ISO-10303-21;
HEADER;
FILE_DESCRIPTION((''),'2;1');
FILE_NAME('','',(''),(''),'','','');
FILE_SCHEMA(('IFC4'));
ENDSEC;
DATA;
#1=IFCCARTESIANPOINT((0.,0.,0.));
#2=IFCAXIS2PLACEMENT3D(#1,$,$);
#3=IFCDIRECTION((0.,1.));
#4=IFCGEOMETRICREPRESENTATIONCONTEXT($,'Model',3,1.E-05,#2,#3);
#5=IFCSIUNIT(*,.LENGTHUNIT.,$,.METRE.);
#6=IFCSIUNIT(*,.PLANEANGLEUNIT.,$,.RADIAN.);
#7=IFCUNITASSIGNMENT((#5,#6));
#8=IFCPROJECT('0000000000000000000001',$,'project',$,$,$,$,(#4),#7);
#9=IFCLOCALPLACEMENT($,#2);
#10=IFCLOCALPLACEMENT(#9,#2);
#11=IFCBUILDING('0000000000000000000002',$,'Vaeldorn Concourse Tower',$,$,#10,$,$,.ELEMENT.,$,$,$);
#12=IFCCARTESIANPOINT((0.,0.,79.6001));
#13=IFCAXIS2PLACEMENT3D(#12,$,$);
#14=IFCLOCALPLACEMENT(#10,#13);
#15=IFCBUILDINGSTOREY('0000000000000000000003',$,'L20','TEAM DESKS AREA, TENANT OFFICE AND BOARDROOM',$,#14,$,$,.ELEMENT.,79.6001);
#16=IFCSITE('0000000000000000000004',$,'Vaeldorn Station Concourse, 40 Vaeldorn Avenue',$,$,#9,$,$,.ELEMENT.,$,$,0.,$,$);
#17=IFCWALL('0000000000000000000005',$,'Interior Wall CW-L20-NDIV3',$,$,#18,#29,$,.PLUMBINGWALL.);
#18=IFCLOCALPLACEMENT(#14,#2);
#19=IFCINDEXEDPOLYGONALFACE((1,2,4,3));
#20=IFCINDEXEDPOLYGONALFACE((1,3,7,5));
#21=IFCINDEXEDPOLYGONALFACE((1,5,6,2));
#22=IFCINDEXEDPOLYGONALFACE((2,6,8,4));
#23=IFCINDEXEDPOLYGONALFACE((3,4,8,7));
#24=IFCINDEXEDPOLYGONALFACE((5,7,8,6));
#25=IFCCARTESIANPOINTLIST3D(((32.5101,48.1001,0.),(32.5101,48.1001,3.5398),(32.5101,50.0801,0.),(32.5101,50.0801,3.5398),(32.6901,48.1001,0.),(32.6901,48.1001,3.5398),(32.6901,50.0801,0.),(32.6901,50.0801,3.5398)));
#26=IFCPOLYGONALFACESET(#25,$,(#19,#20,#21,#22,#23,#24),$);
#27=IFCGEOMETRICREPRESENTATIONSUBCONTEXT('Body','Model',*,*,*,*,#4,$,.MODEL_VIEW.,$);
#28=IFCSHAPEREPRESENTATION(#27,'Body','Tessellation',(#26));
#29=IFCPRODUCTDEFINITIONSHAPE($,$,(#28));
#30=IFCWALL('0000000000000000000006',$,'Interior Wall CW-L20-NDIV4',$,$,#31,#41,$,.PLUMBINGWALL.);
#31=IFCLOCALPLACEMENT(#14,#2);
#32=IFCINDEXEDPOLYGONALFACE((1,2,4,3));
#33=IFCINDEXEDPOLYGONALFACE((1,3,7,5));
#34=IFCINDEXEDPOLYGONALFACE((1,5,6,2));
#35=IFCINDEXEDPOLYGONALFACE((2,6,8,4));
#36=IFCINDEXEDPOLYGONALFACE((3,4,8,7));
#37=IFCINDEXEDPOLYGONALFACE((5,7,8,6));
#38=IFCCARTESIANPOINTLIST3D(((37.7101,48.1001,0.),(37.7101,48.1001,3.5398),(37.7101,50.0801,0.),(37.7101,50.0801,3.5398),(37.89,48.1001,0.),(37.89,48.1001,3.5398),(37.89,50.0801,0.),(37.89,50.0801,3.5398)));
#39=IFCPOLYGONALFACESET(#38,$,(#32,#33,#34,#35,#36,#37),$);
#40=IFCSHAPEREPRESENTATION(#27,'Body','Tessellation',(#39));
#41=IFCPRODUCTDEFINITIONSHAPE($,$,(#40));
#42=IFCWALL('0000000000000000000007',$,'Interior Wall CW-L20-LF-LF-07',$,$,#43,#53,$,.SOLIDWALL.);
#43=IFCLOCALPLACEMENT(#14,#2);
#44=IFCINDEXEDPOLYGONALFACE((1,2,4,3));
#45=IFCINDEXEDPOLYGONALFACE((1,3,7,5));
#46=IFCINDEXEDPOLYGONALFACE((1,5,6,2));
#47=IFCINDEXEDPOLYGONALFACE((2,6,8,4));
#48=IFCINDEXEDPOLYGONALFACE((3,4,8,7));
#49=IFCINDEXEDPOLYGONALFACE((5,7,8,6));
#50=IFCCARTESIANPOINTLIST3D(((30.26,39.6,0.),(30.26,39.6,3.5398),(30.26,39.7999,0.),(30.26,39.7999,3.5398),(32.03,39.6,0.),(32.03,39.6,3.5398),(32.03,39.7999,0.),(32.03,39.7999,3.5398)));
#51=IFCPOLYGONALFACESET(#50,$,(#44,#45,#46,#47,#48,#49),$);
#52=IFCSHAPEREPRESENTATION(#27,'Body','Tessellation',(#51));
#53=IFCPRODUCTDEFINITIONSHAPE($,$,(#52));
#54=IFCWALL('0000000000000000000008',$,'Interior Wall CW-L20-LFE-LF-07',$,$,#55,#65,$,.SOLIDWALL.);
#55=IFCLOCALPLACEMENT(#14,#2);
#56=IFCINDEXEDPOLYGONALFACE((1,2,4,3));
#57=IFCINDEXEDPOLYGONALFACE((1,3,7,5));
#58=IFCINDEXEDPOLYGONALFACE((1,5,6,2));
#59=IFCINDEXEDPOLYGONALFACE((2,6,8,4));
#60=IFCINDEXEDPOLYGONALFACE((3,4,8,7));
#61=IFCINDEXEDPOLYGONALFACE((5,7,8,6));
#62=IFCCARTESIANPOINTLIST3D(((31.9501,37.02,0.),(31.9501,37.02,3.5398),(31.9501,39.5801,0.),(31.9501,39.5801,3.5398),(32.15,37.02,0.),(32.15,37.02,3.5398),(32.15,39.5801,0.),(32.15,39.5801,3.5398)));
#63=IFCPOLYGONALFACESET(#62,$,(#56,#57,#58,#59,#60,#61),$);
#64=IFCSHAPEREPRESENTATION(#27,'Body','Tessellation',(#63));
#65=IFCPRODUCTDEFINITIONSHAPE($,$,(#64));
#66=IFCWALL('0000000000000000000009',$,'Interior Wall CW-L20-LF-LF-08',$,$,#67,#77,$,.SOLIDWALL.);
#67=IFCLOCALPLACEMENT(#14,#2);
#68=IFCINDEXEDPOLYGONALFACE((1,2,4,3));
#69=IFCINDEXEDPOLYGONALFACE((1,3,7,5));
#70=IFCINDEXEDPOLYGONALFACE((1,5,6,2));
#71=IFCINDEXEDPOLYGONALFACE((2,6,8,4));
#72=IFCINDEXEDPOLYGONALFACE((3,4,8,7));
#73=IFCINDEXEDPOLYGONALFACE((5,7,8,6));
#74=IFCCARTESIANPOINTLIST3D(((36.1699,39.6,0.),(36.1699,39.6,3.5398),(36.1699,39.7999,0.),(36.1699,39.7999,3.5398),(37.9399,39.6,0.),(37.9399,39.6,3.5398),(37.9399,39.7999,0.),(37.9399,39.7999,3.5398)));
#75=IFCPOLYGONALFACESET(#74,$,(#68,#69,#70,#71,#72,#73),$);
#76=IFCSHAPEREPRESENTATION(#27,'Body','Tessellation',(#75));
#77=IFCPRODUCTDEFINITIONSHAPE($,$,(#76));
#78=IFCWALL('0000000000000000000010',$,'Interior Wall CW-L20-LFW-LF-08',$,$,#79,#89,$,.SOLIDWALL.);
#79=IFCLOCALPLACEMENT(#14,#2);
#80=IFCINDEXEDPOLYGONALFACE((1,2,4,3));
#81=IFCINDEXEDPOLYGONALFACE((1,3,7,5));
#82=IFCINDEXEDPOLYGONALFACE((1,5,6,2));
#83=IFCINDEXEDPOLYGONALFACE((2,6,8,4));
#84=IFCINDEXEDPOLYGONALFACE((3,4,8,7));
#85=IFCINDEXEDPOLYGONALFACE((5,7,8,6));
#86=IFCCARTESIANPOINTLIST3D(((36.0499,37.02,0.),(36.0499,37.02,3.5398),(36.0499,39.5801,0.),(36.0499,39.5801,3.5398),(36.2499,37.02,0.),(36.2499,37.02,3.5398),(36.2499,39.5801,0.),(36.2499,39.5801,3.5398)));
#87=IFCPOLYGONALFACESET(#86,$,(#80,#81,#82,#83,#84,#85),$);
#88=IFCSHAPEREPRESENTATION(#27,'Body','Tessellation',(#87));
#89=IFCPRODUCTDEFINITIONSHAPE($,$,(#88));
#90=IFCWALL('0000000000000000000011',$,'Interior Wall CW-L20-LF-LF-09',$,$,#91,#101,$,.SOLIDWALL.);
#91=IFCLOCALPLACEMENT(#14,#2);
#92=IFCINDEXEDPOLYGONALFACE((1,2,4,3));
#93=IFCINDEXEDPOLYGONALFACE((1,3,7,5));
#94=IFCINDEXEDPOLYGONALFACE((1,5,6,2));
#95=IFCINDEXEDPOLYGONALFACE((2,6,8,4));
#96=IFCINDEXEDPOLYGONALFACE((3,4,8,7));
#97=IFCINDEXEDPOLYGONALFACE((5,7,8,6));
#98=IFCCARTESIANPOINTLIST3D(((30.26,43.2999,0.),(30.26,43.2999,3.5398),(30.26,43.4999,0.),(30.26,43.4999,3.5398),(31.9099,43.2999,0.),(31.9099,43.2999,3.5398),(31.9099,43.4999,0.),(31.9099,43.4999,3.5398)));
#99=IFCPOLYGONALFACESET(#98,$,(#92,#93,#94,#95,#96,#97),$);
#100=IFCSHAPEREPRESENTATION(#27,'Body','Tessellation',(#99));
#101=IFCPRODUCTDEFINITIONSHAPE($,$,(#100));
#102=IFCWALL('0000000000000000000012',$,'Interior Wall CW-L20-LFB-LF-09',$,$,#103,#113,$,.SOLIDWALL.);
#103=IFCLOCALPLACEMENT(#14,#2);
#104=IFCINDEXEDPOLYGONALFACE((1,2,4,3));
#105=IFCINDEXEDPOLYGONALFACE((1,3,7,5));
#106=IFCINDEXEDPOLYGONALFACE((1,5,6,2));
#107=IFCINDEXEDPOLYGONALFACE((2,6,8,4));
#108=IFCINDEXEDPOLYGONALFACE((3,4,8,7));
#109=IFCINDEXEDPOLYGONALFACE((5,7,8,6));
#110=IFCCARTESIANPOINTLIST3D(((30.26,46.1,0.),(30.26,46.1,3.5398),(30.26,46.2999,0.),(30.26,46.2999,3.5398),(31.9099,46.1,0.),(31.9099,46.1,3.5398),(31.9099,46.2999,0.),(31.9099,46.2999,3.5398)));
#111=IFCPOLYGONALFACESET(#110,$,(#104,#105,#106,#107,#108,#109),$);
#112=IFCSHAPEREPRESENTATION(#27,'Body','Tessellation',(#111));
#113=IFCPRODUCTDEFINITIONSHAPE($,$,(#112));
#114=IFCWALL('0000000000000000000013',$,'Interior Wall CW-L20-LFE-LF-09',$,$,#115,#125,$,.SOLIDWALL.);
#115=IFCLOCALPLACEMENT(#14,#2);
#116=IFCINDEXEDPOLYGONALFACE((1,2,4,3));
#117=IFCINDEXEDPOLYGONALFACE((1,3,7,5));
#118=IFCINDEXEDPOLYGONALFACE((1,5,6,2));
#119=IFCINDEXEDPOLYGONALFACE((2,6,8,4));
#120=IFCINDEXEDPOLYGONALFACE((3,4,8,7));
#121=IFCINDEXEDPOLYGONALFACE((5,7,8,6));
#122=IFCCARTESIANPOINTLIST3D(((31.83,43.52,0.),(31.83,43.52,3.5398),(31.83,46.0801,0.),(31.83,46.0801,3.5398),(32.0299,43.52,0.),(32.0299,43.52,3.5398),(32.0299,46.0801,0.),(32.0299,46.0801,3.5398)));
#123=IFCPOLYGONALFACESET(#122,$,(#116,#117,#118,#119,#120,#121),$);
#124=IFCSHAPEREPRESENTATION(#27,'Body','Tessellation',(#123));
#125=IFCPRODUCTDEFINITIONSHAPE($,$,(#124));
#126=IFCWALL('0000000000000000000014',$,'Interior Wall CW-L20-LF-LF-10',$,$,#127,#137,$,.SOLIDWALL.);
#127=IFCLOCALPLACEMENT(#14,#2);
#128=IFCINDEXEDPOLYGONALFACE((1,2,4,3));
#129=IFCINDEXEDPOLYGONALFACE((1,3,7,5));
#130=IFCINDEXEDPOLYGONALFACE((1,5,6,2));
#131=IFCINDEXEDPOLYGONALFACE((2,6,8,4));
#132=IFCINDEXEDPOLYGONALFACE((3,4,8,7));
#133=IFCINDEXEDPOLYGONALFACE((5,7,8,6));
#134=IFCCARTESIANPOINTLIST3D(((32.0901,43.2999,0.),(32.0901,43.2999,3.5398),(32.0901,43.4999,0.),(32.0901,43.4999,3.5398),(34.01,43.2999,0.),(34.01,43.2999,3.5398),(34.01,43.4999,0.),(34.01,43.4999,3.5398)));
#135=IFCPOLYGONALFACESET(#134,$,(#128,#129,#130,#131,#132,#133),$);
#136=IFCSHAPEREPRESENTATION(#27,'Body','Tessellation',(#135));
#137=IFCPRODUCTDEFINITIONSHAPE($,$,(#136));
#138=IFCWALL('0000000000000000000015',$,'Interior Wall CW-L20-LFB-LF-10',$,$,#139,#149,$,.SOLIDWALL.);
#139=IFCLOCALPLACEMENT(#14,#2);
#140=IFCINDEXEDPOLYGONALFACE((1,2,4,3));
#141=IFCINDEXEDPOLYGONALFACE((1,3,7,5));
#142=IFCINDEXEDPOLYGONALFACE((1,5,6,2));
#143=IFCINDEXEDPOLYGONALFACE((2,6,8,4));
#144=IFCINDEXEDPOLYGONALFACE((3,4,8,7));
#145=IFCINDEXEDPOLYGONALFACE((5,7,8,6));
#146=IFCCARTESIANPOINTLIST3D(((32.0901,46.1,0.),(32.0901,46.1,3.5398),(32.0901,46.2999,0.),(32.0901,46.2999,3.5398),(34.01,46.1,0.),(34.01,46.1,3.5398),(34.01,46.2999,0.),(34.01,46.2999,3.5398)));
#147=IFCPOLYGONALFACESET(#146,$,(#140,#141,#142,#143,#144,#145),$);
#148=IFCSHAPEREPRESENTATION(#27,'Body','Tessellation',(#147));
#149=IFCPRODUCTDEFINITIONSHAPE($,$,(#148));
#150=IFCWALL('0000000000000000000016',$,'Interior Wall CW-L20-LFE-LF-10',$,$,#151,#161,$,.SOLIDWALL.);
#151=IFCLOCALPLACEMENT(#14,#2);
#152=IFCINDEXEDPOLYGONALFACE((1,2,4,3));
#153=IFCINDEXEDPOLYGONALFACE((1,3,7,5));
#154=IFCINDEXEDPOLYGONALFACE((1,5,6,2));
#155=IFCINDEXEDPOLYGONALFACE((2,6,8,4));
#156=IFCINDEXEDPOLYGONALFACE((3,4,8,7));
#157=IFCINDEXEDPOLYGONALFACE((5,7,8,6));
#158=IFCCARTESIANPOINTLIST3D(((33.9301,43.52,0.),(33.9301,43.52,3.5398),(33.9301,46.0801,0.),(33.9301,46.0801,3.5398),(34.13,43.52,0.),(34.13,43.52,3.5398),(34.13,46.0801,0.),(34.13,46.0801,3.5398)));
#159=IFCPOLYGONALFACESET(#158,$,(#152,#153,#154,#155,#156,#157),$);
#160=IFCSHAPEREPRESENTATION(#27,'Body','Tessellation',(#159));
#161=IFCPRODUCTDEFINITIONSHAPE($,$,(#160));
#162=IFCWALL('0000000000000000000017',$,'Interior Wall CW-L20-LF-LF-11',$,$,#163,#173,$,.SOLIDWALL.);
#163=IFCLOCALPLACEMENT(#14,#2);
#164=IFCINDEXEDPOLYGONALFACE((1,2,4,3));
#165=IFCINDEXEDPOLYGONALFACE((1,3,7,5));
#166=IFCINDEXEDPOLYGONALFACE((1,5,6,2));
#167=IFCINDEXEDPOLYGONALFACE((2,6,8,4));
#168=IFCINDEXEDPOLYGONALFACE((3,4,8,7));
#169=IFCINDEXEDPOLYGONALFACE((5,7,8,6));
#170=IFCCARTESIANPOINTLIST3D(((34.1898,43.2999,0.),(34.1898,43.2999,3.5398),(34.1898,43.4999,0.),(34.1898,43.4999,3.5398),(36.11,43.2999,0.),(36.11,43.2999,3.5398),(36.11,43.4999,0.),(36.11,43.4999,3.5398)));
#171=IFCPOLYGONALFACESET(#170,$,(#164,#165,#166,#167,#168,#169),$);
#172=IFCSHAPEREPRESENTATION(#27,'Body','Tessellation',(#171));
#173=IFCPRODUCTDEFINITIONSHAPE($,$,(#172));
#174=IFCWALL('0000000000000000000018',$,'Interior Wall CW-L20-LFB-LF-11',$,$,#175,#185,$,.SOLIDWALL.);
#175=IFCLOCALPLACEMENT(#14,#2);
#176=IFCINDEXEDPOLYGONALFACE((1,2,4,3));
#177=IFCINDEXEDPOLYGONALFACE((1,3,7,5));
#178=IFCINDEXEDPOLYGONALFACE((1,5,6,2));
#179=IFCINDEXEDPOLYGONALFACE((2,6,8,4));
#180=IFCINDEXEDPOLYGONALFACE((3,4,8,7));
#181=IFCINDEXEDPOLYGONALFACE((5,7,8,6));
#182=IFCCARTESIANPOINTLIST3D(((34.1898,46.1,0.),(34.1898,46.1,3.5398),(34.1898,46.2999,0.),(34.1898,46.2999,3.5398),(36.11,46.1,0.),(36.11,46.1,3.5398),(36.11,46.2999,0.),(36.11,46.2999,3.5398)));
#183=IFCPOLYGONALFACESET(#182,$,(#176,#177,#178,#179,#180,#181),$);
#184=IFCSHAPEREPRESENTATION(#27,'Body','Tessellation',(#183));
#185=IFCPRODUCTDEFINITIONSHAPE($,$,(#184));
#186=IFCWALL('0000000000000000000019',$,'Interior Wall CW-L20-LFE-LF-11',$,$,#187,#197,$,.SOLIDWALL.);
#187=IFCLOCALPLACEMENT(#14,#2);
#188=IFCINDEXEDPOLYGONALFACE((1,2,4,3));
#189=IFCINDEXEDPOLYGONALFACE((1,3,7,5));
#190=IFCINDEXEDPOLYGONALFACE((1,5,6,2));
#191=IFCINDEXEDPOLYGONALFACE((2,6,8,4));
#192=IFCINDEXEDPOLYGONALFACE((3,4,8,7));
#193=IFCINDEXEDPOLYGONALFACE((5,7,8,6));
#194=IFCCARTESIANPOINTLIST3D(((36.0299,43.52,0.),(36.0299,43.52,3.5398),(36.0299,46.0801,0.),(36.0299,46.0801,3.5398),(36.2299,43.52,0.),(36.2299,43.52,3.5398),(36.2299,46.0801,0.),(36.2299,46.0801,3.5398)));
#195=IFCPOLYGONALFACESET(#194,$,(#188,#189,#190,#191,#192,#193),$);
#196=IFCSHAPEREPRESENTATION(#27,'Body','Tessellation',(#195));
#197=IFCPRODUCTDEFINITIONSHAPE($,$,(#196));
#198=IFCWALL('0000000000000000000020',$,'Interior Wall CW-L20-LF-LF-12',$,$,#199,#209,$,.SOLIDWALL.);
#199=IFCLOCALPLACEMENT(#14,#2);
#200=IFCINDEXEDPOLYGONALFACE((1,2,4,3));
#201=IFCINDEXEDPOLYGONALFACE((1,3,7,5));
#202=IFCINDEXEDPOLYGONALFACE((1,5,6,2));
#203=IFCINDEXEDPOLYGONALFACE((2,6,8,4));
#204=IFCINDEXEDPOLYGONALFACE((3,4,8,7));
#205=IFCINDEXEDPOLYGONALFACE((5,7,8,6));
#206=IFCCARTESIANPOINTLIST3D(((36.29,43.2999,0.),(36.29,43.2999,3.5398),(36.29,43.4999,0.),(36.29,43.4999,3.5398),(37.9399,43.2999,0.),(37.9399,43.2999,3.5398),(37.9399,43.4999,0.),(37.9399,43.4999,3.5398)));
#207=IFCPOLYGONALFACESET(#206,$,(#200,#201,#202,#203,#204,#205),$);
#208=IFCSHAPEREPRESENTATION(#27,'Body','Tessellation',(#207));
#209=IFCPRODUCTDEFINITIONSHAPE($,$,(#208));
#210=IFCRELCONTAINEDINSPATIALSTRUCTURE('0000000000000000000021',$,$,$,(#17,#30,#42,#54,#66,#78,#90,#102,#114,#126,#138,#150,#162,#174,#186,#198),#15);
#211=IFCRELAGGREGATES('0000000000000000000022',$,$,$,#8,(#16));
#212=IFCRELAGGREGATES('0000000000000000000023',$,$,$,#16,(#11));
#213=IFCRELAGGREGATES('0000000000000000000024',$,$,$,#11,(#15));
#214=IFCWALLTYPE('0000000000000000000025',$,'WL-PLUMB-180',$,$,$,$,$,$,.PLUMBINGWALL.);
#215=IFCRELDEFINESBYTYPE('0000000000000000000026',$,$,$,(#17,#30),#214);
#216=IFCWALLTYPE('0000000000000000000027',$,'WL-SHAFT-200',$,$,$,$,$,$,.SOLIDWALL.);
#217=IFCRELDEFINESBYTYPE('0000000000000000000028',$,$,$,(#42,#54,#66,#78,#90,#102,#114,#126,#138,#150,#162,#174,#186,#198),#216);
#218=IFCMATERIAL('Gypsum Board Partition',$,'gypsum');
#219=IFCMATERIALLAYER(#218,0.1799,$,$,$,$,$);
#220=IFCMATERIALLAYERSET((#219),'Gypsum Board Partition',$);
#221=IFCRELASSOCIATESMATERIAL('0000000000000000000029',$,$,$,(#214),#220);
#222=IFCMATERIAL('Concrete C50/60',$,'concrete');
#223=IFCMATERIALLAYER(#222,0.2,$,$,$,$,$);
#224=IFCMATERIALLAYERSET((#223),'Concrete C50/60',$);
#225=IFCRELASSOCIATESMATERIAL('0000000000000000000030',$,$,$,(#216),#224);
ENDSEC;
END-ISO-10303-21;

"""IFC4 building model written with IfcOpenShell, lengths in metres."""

from ifc_helpers import new_model, si_unit, direction, frame, frame_2d, origin, place, context, subcontext, project, spatial, rectangle, extrude, material, layer, layer_set, type_object, element, save


model = new_model("IFC4")

# Units and contexts
model_context = context("Model", 3, precision=1e-05, world=origin(), true_north=direction((0.0, 1.0)))
body_context = subcontext(model_context, "Body", "Model", "MODEL_VIEW")
ifc_project = project(units=[si_unit("LENGTHUNIT", "METRE"), si_unit("PLANEANGLEUNIT", "RADIAN")], contexts=[model_context])

# Site, building, storey
site_placement = place(None, origin())
site = spatial("IfcSite", under=ifc_project, at=site_placement, Name="Vaeldorn Station Concourse, 40 Vaeldorn Avenue", CompositionType="ELEMENT", RefElevation=0.0)
building_placement = place(site_placement, origin())
building = spatial("IfcBuilding", under=site, at=building_placement, Name="Vaeldorn Concourse Tower", CompositionType="ELEMENT")
storey_placement = place(building_placement, frame((0.0, 0.0, 79.6001)))
storey = spatial("IfcBuildingStorey", under=building, at=storey_placement, Name="L20", Description="TEAM DESKS AREA, TENANT OFFICE AND BOARDROOM", CompositionType="ELEMENT", Elevation=79.6001)

# Shared definitions
ifc_material_1 = material(Name="Gypsum Board Partition", Category="gypsum")

# Walls
ifc_layer_1 = layer(ifc_material_1, 0.1799)
ifc_layer_set_1 = layer_set([ifc_layer_1], Name="Gypsum Board Partition")
wall_type_1 = type_object("IfcWallType", Name="WL-PLUMB-180", PredefinedType="PLUMBINGWALL", material=ifc_layer_set_1)
for number, where, z_axis, x_axis, name in (
    (1, (32.6001, 48.1001, 0.0), (0.0, 0.0, 1.0), (0.0, 1.0, 0.0), "Interior Wall CW-L20-NDIV3"),
    (2, (37.8, 48.1001, 0.0), (0.0, 0.0, 1.0), (0.0, 1.0, 0.0), "Interior Wall CW-L20-NDIV4"),
):
    element("IfcWall", number, at=place(storey_placement, frame(where, z_axis=z_axis, x_axis=x_axis)), inside=storey, type_object=wall_type_1, Name=name, PredefinedType="PLUMBINGWALL", context=body_context, shape_type="SweptSolid", body=[
        extrude(rectangle(XDim=1.98, YDim=0.1799, at=frame_2d((0.99, 0.0))), origin(), (0.0, 0.0, 1.0), 3.5398),
    ])
ifc_material_2 = material(Name="Concrete C50/60", Category="concrete")
ifc_layer_2 = layer(ifc_material_2, 0.2)
ifc_layer_set_2 = layer_set([ifc_layer_2], Name="Concrete C50/60")
wall_type_2 = type_object("IfcWallType", Name="WL-SHAFT-200", PredefinedType="SOLIDWALL", material=ifc_layer_set_2)
wall_1_placement = place(storey_placement, frame((30.26, 39.7, 0.0), z_axis=(0.0, 0.0, 1.0), x_axis=(1.0, 0.0, 0.0)))
element("IfcWall", 3, at=wall_1_placement, inside=storey, type_object=wall_type_2, Name="Interior Wall CW-L20-LF-LF-07", PredefinedType="SOLIDWALL", context=body_context, shape_type="SweptSolid", body=[
    extrude(rectangle(XDim=1.77, YDim=0.2, at=frame_2d((0.885, 0.0))), origin(), (0.0, 0.0, 1.0), 3.5398),
])
wall_2_placement = place(storey_placement, frame((32.05, 37.02, 0.0), z_axis=(0.0, 0.0, 1.0), x_axis=(0.0, 1.0, 0.0)))
element("IfcWall", 4, at=wall_2_placement, inside=storey, type_object=wall_type_2, Name="Interior Wall CW-L20-LFE-LF-07", PredefinedType="SOLIDWALL", context=body_context, shape_type="SweptSolid", body=[
    extrude(rectangle(XDim=2.5601, YDim=0.2, at=frame_2d((1.28, 0.0))), origin(), (0.0, 0.0, 1.0), 3.5398),
])
wall_3_placement = place(storey_placement, frame((36.1699, 39.7, 0.0), z_axis=(0.0, 0.0, 1.0), x_axis=(1.0, 0.0, 0.0)))
element("IfcWall", 5, at=wall_3_placement, inside=storey, type_object=wall_type_2, Name="Interior Wall CW-L20-LF-LF-08", PredefinedType="SOLIDWALL", context=body_context, shape_type="SweptSolid", body=[
    extrude(rectangle(XDim=1.77, YDim=0.2, at=frame_2d((0.885, 0.0))), origin(), (0.0, 0.0, 1.0), 3.5398),
])
wall_4_placement = place(storey_placement, frame((36.1499, 37.02, 0.0), z_axis=(0.0, 0.0, 1.0), x_axis=(0.0, 1.0, 0.0)))
element("IfcWall", 6, at=wall_4_placement, inside=storey, type_object=wall_type_2, Name="Interior Wall CW-L20-LFW-LF-08", PredefinedType="SOLIDWALL", context=body_context, shape_type="SweptSolid", body=[
    extrude(rectangle(XDim=2.5601, YDim=0.2, at=frame_2d((1.28, 0.0))), origin(), (0.0, 0.0, 1.0), 3.5398),
])
for number, where, z_axis, x_axis, name in (
    (7, (30.26, 43.3999, 0.0), (0.0, 0.0, 1.0), (1.0, 0.0, 0.0), "Interior Wall CW-L20-LF-LF-09"),
    (8, (30.26, 46.2, 0.0), (0.0, 0.0, 1.0), (1.0, 0.0, 0.0), "Interior Wall CW-L20-LFB-LF-09"),
):
    element("IfcWall", number, at=place(storey_placement, frame(where, z_axis=z_axis, x_axis=x_axis)), inside=storey, type_object=wall_type_2, Name=name, PredefinedType="SOLIDWALL", context=body_context, shape_type="SweptSolid", body=[
        extrude(rectangle(XDim=1.6499, YDim=0.2, at=frame_2d((0.825, 0.0))), origin(), (0.0, 0.0, 1.0), 3.5398),
    ])
wall_5_placement = place(storey_placement, frame((31.9299, 43.52, 0.0), z_axis=(0.0, 0.0, 1.0), x_axis=(0.0, 1.0, 0.0)))
element("IfcWall", 9, at=wall_5_placement, inside=storey, type_object=wall_type_2, Name="Interior Wall CW-L20-LFE-LF-09", PredefinedType="SOLIDWALL", context=body_context, shape_type="SweptSolid", body=[
    extrude(rectangle(XDim=2.5601, YDim=0.2, at=frame_2d((1.28, 0.0))), origin(), (0.0, 0.0, 1.0), 3.5398),
])
for number, where, z_axis, x_axis, name in (
    (10, (32.0901, 43.3999, 0.0), (0.0, 0.0, 1.0), (1.0, 0.0, 0.0), "Interior Wall CW-L20-LF-LF-10"),
    (11, (32.0901, 46.2, 0.0), (0.0, 0.0, 1.0), (1.0, 0.0, 0.0), "Interior Wall CW-L20-LFB-LF-10"),
):
    element("IfcWall", number, at=place(storey_placement, frame(where, z_axis=z_axis, x_axis=x_axis)), inside=storey, type_object=wall_type_2, Name=name, PredefinedType="SOLIDWALL", context=body_context, shape_type="SweptSolid", body=[
        extrude(rectangle(XDim=1.9199, YDim=0.2, at=frame_2d((0.96, 0.0))), origin(), (0.0, 0.0, 1.0), 3.5398),
    ])
wall_6_placement = place(storey_placement, frame((34.03, 43.52, 0.0), z_axis=(0.0, 0.0, 1.0), x_axis=(0.0, 1.0, 0.0)))
element("IfcWall", 12, at=wall_6_placement, inside=storey, type_object=wall_type_2, Name="Interior Wall CW-L20-LFE-LF-10", PredefinedType="SOLIDWALL", context=body_context, shape_type="SweptSolid", body=[
    extrude(rectangle(XDim=2.5601, YDim=0.2, at=frame_2d((1.28, 0.0))), origin(), (0.0, 0.0, 1.0), 3.5398),
])
for number, where, z_axis, x_axis, name in (
    (13, (34.1899, 43.3999, 0.0), (0.0, 0.0, 1.0), (1.0, 0.0, 0.0), "Interior Wall CW-L20-LF-LF-11"),
    (14, (34.1899, 46.2, 0.0), (0.0, 0.0, 1.0), (1.0, 0.0, 0.0), "Interior Wall CW-L20-LFB-LF-11"),
):
    element("IfcWall", number, at=place(storey_placement, frame(where, z_axis=z_axis, x_axis=x_axis)), inside=storey, type_object=wall_type_2, Name=name, PredefinedType="SOLIDWALL", context=body_context, shape_type="SweptSolid", body=[
        extrude(rectangle(XDim=1.9202, YDim=0.2, at=frame_2d((0.96, 0.0))), origin(), (0.0, 0.0, 1.0), 3.5398),
    ])
wall_7_placement = place(storey_placement, frame((36.1299, 43.52, 0.0), z_axis=(0.0, 0.0, 1.0), x_axis=(0.0, 1.0, 0.0)))
element("IfcWall", 15, at=wall_7_placement, inside=storey, type_object=wall_type_2, Name="Interior Wall CW-L20-LFE-LF-11", PredefinedType="SOLIDWALL", context=body_context, shape_type="SweptSolid", body=[
    extrude(rectangle(XDim=2.5601, YDim=0.2, at=frame_2d((1.28, 0.0))), origin(), (0.0, 0.0, 1.0), 3.5398),
])
for number, where, z_axis, x_axis, name in (
    (16, (36.29, 43.3999, 0.0), (0.0, 0.0, 1.0), (1.0, 0.0, 0.0), "Interior Wall CW-L20-LF-LF-12"),
):
    element("IfcWall", number, at=place(storey_placement, frame(where, z_axis=z_axis, x_axis=x_axis)), inside=storey, type_object=wall_type_2, Name=name, PredefinedType="SOLIDWALL", context=body_context, shape_type="SweptSolid", body=[
        extrude(rectangle(XDim=1.6499, YDim=0.2, at=frame_2d((0.825, 0.0))), origin(), (0.0, 0.0, 1.0), 3.5398),
    ])

save(model, "model.ifc")
